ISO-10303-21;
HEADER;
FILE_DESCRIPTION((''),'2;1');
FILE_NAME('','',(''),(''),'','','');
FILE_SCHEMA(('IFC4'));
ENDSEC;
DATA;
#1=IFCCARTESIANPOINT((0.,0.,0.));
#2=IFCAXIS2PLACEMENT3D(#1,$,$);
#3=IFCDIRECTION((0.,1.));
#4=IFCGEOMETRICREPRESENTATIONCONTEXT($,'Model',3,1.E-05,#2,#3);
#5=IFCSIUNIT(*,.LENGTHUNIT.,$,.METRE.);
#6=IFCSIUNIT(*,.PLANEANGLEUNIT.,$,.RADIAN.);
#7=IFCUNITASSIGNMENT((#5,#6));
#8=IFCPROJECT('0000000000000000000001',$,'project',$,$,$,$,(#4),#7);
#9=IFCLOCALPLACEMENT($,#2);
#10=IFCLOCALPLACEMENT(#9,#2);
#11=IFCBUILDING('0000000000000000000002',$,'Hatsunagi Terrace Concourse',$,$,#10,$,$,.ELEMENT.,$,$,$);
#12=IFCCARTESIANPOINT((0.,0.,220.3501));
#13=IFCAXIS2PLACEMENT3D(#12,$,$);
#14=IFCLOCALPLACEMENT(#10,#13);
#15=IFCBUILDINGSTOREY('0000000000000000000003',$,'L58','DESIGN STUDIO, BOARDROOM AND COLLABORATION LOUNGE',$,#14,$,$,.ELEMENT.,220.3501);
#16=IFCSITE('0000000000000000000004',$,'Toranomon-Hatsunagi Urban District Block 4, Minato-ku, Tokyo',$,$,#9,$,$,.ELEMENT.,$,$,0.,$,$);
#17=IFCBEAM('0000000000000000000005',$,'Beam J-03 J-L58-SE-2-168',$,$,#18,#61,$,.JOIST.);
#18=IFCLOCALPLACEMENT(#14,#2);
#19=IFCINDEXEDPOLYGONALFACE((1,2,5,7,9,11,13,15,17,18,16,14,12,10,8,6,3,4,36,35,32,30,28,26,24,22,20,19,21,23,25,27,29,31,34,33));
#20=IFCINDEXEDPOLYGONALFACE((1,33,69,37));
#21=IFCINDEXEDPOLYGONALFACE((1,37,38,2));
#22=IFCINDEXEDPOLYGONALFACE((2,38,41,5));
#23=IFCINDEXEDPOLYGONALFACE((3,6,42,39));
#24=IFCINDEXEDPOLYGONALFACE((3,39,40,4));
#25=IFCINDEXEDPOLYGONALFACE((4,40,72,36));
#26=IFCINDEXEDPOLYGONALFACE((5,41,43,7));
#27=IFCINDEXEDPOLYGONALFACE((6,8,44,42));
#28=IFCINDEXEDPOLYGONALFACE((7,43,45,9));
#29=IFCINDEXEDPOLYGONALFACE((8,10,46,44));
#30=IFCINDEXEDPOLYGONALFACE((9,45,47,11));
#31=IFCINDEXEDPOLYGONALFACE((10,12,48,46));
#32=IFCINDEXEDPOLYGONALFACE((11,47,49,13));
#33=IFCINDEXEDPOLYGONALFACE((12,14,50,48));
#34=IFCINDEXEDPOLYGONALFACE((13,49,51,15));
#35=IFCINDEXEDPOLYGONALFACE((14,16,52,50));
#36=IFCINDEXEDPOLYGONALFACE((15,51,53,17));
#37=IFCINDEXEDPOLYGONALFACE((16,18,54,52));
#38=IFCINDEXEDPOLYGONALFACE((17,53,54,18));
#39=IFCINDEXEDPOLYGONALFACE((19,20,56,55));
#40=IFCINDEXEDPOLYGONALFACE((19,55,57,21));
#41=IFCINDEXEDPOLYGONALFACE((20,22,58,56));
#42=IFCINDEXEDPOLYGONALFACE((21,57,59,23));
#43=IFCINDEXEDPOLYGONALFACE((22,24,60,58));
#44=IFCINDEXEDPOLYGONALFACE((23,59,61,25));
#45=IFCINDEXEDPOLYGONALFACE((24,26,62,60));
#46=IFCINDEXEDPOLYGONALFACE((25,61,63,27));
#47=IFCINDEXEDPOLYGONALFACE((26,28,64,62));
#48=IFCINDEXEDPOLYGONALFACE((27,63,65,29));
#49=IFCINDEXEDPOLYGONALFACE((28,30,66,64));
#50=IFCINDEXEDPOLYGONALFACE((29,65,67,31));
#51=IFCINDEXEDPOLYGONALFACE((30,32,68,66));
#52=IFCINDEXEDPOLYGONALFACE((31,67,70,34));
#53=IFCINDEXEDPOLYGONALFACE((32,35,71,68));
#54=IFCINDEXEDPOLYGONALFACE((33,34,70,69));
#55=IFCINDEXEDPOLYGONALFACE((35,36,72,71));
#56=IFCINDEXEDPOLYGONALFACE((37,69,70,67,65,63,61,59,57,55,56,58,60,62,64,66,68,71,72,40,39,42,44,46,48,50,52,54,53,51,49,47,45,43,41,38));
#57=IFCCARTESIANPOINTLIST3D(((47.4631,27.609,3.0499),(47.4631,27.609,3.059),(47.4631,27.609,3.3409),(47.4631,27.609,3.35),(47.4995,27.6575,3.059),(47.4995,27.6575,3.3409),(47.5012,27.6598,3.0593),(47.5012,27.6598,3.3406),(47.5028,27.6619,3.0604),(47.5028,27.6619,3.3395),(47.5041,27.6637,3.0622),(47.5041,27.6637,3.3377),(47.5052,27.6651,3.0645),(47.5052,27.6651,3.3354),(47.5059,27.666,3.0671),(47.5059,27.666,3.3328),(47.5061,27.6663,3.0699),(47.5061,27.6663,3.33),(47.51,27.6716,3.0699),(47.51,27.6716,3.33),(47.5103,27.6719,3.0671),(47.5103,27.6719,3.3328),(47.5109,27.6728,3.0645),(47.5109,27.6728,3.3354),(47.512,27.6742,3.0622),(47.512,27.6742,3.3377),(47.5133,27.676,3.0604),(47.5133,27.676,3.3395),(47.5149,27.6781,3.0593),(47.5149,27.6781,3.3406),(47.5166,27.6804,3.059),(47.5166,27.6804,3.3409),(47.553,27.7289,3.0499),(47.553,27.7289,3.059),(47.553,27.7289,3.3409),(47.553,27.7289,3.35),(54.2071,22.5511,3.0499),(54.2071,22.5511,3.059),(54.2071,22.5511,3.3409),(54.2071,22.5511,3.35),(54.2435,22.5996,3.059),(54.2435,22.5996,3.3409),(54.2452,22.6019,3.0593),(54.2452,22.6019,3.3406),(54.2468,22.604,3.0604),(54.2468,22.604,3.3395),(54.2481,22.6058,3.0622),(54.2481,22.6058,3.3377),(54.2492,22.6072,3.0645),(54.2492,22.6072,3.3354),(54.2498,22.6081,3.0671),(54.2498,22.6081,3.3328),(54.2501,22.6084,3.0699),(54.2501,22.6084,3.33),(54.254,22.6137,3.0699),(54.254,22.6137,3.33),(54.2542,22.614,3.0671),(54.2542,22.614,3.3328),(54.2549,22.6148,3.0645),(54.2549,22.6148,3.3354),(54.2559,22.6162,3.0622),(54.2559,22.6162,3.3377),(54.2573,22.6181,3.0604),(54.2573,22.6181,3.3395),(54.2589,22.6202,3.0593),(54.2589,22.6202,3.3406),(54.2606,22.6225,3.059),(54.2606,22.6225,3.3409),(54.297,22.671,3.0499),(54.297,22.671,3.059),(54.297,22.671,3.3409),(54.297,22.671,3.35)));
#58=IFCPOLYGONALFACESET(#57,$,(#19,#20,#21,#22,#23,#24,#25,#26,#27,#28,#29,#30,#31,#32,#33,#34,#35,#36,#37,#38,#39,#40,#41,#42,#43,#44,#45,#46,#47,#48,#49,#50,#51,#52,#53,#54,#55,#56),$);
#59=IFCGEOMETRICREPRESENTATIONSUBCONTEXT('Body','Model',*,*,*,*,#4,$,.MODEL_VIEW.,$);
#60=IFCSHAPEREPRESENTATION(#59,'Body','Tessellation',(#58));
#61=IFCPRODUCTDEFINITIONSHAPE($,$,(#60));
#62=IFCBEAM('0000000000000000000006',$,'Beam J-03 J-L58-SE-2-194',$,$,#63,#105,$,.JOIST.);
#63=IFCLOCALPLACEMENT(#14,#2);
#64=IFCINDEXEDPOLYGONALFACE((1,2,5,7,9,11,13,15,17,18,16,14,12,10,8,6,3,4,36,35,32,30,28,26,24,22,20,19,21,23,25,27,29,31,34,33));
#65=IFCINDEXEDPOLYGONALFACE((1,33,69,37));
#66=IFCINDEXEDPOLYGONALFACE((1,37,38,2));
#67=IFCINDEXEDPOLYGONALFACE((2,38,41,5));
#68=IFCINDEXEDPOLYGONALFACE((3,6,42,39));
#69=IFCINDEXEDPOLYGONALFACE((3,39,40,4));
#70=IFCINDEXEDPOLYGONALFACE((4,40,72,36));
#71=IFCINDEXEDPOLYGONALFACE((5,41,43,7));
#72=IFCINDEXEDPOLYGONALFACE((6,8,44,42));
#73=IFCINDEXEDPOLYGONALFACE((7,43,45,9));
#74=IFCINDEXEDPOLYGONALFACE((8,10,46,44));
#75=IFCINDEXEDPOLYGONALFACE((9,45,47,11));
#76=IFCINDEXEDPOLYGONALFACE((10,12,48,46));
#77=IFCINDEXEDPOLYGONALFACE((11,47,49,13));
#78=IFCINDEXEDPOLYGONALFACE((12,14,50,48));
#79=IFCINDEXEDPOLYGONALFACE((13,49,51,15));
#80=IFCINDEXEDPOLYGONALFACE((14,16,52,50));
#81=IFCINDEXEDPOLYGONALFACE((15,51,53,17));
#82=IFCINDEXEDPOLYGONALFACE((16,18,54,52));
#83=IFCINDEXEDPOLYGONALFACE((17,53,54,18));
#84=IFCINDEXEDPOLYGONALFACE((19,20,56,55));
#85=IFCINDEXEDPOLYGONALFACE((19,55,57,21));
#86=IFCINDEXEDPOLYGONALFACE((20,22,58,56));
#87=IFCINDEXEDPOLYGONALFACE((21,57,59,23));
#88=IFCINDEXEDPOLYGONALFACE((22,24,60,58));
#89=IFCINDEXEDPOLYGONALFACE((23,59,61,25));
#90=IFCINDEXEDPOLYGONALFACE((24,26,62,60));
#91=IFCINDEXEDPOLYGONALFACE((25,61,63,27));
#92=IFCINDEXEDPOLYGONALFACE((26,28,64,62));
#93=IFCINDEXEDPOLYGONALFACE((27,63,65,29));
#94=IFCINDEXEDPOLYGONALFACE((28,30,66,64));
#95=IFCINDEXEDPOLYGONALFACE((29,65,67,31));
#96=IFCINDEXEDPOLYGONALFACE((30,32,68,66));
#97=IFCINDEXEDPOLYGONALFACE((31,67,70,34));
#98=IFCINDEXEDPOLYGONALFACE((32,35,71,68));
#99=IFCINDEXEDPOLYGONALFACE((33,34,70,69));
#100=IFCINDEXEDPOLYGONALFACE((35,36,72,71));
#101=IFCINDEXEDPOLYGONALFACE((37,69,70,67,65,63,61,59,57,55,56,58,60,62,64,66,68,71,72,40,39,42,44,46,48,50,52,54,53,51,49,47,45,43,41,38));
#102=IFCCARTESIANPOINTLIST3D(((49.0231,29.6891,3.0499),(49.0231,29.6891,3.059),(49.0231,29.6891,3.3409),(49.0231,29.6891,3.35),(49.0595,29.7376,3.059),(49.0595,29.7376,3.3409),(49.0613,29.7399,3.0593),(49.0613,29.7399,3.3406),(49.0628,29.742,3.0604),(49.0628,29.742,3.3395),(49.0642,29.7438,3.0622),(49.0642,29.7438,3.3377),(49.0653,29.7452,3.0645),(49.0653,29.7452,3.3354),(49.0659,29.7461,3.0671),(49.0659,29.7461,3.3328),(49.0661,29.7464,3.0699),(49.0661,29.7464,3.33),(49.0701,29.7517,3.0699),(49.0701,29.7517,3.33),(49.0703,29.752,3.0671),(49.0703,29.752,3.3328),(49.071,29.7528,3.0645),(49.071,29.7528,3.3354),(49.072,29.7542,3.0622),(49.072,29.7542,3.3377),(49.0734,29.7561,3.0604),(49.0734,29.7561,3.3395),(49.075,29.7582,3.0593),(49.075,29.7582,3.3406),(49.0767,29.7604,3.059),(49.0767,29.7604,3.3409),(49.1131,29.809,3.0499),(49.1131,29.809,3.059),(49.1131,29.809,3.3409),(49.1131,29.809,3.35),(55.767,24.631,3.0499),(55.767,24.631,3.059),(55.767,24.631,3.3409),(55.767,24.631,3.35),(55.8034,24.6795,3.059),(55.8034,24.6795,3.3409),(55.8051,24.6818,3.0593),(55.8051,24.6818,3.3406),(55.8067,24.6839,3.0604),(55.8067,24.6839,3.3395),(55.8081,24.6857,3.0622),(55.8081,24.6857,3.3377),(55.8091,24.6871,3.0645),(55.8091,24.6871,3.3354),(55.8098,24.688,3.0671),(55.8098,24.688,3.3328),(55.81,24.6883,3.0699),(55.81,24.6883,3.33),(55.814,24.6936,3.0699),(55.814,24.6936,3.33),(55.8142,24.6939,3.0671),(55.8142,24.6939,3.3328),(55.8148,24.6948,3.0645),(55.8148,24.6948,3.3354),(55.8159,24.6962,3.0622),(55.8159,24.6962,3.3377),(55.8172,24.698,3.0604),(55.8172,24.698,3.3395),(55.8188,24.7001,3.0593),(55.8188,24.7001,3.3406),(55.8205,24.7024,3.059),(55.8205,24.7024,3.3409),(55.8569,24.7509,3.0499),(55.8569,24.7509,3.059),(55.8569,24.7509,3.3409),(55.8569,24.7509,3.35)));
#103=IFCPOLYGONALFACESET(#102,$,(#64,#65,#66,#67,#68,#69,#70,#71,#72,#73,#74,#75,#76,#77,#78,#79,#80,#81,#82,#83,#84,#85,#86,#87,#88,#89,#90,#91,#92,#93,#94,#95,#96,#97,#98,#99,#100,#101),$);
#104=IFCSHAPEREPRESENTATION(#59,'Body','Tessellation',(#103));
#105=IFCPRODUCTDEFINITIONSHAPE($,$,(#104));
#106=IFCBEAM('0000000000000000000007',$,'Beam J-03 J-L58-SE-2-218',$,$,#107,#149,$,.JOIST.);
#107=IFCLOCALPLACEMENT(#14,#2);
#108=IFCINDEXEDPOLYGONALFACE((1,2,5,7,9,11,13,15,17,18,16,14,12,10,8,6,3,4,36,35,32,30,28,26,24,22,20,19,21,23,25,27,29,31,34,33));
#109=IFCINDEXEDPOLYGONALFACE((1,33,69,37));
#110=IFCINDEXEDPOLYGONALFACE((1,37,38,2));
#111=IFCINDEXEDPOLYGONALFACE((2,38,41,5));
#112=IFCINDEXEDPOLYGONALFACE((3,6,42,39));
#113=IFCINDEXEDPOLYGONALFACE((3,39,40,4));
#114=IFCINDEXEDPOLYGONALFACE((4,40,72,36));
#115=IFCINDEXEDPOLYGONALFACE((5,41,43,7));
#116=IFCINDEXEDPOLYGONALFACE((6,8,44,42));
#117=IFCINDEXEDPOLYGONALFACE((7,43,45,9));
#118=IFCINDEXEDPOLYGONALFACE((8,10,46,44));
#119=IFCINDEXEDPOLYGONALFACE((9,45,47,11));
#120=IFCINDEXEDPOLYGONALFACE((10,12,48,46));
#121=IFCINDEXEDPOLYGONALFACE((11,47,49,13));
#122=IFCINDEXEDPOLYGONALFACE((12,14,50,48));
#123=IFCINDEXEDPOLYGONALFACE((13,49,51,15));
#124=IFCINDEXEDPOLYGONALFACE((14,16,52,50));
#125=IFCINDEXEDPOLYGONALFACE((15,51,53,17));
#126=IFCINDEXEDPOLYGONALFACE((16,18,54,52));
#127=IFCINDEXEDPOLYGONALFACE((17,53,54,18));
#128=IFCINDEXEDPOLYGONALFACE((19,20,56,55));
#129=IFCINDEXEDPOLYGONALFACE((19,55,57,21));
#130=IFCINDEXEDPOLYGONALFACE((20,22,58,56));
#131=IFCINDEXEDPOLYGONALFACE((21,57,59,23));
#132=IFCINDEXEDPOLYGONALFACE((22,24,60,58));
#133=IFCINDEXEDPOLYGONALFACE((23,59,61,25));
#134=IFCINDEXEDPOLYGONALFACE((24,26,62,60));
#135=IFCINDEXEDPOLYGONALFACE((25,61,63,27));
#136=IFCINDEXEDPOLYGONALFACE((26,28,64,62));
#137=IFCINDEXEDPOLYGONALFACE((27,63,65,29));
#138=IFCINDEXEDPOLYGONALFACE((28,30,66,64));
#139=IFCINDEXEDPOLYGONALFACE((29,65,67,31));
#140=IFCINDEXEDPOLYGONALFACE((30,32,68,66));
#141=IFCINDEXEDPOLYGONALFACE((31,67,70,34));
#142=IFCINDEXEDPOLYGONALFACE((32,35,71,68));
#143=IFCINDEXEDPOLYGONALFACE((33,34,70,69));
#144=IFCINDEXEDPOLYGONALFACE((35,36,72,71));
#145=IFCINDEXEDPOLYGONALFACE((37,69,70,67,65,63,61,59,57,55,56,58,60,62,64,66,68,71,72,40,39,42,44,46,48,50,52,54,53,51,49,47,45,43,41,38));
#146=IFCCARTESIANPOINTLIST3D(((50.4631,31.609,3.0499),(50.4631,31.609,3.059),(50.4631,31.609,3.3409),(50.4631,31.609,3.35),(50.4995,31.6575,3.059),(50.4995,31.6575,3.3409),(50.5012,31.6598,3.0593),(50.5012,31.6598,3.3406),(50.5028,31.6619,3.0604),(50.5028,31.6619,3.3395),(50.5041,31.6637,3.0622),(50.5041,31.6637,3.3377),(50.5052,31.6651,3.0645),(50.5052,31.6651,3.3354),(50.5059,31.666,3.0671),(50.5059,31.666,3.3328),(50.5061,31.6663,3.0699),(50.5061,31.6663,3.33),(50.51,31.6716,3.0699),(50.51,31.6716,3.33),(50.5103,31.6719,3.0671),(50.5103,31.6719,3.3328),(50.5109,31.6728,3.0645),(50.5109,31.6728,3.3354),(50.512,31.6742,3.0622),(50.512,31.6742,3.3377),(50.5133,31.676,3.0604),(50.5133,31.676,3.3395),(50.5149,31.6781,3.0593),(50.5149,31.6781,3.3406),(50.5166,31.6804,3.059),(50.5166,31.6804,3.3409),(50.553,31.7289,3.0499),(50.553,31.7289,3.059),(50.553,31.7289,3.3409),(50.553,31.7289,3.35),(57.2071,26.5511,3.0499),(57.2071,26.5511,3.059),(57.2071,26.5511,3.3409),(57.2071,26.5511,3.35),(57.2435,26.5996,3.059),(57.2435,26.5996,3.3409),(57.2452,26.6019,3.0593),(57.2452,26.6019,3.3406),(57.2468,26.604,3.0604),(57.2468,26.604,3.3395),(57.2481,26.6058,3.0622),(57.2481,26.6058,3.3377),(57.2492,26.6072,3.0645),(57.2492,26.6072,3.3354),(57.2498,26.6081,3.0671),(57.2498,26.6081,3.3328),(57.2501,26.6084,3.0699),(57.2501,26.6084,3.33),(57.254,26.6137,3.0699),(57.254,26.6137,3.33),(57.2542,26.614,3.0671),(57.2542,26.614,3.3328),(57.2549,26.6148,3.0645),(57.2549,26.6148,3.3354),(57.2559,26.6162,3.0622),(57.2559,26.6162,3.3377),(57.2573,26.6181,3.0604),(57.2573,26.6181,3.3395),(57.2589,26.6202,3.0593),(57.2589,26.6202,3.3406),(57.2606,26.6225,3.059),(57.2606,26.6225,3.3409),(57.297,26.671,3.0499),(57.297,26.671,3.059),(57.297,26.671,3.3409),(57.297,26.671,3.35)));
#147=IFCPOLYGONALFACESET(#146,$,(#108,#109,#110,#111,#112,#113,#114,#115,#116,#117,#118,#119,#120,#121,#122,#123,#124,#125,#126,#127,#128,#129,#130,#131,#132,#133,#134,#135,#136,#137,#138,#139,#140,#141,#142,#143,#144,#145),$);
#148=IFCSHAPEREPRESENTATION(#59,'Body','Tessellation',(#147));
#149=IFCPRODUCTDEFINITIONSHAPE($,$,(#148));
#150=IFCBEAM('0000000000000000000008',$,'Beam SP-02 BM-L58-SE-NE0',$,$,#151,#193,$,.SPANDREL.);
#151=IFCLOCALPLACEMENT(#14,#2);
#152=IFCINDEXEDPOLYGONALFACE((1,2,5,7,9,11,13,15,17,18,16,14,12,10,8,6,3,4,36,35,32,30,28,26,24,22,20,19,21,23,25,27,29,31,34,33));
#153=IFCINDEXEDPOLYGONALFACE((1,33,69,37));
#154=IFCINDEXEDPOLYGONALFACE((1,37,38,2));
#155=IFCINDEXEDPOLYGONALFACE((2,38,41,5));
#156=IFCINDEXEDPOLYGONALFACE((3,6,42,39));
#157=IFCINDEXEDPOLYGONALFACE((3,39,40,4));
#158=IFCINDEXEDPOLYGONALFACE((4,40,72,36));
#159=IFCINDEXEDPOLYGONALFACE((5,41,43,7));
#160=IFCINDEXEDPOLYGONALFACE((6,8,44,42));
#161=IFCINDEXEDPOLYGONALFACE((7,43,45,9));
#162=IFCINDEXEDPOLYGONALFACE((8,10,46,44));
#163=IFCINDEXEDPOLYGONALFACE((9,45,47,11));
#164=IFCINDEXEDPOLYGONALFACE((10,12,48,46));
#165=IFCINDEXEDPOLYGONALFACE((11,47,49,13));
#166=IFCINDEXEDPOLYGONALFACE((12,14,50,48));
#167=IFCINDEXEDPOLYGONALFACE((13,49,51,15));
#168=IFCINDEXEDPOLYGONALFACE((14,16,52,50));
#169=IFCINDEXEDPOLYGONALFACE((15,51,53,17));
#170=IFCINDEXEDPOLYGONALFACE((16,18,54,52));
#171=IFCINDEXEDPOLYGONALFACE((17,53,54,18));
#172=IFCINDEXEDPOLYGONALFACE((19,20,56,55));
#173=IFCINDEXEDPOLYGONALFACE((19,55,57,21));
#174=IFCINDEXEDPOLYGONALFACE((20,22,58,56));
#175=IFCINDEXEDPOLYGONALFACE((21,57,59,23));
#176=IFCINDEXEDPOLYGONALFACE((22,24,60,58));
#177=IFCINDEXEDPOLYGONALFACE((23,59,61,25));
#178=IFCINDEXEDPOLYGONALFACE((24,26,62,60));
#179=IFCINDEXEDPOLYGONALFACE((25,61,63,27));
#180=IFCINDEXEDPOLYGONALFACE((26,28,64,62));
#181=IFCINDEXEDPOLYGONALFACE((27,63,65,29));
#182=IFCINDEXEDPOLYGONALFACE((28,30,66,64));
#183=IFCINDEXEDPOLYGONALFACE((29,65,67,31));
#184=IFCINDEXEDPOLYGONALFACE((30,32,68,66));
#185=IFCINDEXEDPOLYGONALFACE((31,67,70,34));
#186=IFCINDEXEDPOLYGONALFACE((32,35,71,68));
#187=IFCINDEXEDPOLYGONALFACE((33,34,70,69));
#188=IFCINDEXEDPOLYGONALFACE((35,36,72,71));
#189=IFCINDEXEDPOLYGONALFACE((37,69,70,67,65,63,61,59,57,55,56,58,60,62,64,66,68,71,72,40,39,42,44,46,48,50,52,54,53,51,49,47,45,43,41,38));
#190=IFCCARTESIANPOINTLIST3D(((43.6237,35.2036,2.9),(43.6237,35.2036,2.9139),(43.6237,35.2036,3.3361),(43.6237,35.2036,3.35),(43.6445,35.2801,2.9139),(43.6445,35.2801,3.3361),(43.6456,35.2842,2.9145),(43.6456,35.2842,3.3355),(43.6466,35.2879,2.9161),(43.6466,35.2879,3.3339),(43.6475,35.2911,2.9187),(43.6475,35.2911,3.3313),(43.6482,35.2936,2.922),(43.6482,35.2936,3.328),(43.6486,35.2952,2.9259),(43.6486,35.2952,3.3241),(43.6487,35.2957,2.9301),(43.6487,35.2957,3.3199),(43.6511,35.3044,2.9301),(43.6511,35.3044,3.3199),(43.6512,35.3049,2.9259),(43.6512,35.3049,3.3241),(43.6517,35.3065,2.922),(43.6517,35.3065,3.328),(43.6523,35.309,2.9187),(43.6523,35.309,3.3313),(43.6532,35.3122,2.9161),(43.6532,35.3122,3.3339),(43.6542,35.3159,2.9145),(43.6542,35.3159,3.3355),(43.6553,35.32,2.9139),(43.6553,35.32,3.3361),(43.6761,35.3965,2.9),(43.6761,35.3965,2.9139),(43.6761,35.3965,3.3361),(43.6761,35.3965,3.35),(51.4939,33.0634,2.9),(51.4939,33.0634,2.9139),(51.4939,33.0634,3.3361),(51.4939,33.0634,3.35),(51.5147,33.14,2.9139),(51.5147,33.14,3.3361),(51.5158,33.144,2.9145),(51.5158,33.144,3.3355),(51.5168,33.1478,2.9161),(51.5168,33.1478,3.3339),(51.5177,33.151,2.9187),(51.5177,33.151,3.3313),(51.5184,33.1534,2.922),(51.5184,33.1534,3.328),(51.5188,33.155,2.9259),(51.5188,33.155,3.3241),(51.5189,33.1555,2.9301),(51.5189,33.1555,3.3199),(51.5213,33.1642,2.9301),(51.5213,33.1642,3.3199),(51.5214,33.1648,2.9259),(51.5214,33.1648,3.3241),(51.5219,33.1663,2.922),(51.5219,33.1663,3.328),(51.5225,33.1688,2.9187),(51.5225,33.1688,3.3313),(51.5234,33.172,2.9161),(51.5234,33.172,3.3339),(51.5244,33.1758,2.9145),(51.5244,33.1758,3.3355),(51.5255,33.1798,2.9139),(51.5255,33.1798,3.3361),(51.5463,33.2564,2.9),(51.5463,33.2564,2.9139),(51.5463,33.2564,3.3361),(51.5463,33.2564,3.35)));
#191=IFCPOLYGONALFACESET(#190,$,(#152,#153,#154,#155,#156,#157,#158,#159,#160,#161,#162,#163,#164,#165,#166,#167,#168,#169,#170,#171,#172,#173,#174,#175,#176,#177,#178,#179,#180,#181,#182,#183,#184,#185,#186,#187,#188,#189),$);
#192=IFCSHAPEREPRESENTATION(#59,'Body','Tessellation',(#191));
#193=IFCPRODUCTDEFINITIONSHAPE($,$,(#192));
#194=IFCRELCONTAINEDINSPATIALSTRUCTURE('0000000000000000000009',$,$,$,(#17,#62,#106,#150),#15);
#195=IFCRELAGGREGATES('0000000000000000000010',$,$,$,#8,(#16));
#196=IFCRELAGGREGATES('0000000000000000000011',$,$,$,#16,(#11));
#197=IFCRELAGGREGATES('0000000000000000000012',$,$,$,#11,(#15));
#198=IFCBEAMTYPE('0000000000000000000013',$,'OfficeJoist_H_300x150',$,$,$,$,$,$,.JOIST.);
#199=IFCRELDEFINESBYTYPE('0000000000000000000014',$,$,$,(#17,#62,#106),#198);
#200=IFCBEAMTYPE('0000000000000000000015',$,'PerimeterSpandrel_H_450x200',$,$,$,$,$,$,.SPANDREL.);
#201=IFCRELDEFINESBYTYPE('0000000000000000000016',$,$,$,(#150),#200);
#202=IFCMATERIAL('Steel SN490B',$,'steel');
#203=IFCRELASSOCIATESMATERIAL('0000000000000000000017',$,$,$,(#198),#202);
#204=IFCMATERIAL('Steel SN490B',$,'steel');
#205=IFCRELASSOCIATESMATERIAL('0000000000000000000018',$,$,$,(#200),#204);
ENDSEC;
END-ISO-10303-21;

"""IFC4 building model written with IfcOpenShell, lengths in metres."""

from ifc_helpers import new_model, si_unit, direction, frame, origin, origin_2d, place, context, subcontext, project, spatial, i_section, extrude, material, material_profile, profile_set, type_object, element, save


model = new_model("IFC4")

# Units and contexts
model_context = context("Model", 3, precision=1e-05, world=origin(), true_north=direction((0.0, 1.0)))
body_context = subcontext(model_context, "Body", "Model", "MODEL_VIEW")
ifc_project = project(units=[si_unit("LENGTHUNIT", "METRE"), si_unit("PLANEANGLEUNIT", "RADIAN")], contexts=[model_context])

# Site, building, storey
site_placement = place(None, origin())
site = spatial("IfcSite", under=ifc_project, at=site_placement, Name="Toranomon-Hatsunagi Urban District Block 4, Minato-ku, Tokyo", CompositionType="ELEMENT", RefElevation=0.0)
building_placement = place(site_placement, origin())
building = spatial("IfcBuilding", under=site, at=building_placement, Name="Hatsunagi Terrace Concourse", CompositionType="ELEMENT")
storey_placement = place(building_placement, frame((0.0, 0.0, 220.3501)))
storey = spatial("IfcBuildingStorey", under=building, at=storey_placement, Name="L58", Description="DESIGN STUDIO, BOARDROOM AND COLLABORATION LOUNGE", CompositionType="ELEMENT", Elevation=220.3501)

# Beams
ifc_material_1 = material(Name="Steel SN490B", Category="steel")
ifc_material_profile_1 = material_profile(ifc_material_1, i_section(OverallWidth=0.1499, OverallDepth=0.3, WebThickness=0.0066, FlangeThickness=0.009, FilletRadius=0.011, at=origin_2d()), Name="H-300x150x6.5x9")
ifc_profile_set_1 = profile_set([ifc_material_profile_1], Name="Steel SN490B")
beam_type_1 = type_object("IfcBeamType", Name="OfficeJoist_H_300x150", PredefinedType="JOIST", material=ifc_profile_set_1)
for number, where, z_axis, x_axis, name in (
    (1, (47.5081, 27.6689, 3.2), (0.800003, -0.599995, 0.0), (0.599995, 0.800003, 0.0), "Beam J-03 J-L58-SE-2-168"),
    (2, (49.0681, 29.749, 3.2), (0.79999, -0.600014, 0.0), (0.600014, 0.79999, 0.0), "Beam J-03 J-L58-SE-2-194"),
    (3, (50.5081, 31.6689, 3.2), (0.800003, -0.599995, 0.0), (0.599995, 0.800003, 0.0), "Beam J-03 J-L58-SE-2-218"),
):
    element("IfcBeam", number, at=place(storey_placement, frame(where, z_axis=z_axis, x_axis=x_axis)), inside=storey, type_object=beam_type_1, Name=name, PredefinedType="JOIST", context=body_context, shape_type="SweptSolid", body=[
        extrude(i_section(OverallWidth=0.1499, OverallDepth=0.3, WebThickness=0.0066, FlangeThickness=0.009, FilletRadius=0.011, at=origin_2d()), origin(), (0.0, 0.0, 1.0), 8.4299),
    ])
ifc_material_2 = material(Name="Steel SN490B", Category="steel")
ifc_material_profile_2 = material_profile(ifc_material_2, i_section(OverallWidth=0.2, OverallDepth=0.45, WebThickness=0.009, FlangeThickness=0.0139, FilletRadius=0.0161, at=origin_2d()), Name="H-450x200x9x14")
ifc_profile_set_2 = profile_set([ifc_material_profile_2], Name="Steel SN490B")
beam_type_2 = type_object("IfcBeamType", Name="PerimeterSpandrel_H_450x200", PredefinedType="SPANDREL", material=ifc_profile_set_2)
beam_1_placement = place(storey_placement, frame((43.6499, 35.3, 3.125), z_axis=(0.964958, -0.262403, 0.0), x_axis=(0.262403, 0.964958, 0.0)))
element("IfcBeam", 4, at=beam_1_placement, inside=storey, type_object=beam_type_2, Name="Beam SP-02 BM-L58-SE-NE0", PredefinedType="SPANDREL", context=body_context, shape_type="SweptSolid", body=[
    extrude(i_section(OverallWidth=0.2, OverallDepth=0.45, WebThickness=0.009, FlangeThickness=0.0139, FilletRadius=0.0161, at=origin_2d()), origin(), (0.0, 0.0, 1.0), 8.156),
])

save(model, "model.ifc")
